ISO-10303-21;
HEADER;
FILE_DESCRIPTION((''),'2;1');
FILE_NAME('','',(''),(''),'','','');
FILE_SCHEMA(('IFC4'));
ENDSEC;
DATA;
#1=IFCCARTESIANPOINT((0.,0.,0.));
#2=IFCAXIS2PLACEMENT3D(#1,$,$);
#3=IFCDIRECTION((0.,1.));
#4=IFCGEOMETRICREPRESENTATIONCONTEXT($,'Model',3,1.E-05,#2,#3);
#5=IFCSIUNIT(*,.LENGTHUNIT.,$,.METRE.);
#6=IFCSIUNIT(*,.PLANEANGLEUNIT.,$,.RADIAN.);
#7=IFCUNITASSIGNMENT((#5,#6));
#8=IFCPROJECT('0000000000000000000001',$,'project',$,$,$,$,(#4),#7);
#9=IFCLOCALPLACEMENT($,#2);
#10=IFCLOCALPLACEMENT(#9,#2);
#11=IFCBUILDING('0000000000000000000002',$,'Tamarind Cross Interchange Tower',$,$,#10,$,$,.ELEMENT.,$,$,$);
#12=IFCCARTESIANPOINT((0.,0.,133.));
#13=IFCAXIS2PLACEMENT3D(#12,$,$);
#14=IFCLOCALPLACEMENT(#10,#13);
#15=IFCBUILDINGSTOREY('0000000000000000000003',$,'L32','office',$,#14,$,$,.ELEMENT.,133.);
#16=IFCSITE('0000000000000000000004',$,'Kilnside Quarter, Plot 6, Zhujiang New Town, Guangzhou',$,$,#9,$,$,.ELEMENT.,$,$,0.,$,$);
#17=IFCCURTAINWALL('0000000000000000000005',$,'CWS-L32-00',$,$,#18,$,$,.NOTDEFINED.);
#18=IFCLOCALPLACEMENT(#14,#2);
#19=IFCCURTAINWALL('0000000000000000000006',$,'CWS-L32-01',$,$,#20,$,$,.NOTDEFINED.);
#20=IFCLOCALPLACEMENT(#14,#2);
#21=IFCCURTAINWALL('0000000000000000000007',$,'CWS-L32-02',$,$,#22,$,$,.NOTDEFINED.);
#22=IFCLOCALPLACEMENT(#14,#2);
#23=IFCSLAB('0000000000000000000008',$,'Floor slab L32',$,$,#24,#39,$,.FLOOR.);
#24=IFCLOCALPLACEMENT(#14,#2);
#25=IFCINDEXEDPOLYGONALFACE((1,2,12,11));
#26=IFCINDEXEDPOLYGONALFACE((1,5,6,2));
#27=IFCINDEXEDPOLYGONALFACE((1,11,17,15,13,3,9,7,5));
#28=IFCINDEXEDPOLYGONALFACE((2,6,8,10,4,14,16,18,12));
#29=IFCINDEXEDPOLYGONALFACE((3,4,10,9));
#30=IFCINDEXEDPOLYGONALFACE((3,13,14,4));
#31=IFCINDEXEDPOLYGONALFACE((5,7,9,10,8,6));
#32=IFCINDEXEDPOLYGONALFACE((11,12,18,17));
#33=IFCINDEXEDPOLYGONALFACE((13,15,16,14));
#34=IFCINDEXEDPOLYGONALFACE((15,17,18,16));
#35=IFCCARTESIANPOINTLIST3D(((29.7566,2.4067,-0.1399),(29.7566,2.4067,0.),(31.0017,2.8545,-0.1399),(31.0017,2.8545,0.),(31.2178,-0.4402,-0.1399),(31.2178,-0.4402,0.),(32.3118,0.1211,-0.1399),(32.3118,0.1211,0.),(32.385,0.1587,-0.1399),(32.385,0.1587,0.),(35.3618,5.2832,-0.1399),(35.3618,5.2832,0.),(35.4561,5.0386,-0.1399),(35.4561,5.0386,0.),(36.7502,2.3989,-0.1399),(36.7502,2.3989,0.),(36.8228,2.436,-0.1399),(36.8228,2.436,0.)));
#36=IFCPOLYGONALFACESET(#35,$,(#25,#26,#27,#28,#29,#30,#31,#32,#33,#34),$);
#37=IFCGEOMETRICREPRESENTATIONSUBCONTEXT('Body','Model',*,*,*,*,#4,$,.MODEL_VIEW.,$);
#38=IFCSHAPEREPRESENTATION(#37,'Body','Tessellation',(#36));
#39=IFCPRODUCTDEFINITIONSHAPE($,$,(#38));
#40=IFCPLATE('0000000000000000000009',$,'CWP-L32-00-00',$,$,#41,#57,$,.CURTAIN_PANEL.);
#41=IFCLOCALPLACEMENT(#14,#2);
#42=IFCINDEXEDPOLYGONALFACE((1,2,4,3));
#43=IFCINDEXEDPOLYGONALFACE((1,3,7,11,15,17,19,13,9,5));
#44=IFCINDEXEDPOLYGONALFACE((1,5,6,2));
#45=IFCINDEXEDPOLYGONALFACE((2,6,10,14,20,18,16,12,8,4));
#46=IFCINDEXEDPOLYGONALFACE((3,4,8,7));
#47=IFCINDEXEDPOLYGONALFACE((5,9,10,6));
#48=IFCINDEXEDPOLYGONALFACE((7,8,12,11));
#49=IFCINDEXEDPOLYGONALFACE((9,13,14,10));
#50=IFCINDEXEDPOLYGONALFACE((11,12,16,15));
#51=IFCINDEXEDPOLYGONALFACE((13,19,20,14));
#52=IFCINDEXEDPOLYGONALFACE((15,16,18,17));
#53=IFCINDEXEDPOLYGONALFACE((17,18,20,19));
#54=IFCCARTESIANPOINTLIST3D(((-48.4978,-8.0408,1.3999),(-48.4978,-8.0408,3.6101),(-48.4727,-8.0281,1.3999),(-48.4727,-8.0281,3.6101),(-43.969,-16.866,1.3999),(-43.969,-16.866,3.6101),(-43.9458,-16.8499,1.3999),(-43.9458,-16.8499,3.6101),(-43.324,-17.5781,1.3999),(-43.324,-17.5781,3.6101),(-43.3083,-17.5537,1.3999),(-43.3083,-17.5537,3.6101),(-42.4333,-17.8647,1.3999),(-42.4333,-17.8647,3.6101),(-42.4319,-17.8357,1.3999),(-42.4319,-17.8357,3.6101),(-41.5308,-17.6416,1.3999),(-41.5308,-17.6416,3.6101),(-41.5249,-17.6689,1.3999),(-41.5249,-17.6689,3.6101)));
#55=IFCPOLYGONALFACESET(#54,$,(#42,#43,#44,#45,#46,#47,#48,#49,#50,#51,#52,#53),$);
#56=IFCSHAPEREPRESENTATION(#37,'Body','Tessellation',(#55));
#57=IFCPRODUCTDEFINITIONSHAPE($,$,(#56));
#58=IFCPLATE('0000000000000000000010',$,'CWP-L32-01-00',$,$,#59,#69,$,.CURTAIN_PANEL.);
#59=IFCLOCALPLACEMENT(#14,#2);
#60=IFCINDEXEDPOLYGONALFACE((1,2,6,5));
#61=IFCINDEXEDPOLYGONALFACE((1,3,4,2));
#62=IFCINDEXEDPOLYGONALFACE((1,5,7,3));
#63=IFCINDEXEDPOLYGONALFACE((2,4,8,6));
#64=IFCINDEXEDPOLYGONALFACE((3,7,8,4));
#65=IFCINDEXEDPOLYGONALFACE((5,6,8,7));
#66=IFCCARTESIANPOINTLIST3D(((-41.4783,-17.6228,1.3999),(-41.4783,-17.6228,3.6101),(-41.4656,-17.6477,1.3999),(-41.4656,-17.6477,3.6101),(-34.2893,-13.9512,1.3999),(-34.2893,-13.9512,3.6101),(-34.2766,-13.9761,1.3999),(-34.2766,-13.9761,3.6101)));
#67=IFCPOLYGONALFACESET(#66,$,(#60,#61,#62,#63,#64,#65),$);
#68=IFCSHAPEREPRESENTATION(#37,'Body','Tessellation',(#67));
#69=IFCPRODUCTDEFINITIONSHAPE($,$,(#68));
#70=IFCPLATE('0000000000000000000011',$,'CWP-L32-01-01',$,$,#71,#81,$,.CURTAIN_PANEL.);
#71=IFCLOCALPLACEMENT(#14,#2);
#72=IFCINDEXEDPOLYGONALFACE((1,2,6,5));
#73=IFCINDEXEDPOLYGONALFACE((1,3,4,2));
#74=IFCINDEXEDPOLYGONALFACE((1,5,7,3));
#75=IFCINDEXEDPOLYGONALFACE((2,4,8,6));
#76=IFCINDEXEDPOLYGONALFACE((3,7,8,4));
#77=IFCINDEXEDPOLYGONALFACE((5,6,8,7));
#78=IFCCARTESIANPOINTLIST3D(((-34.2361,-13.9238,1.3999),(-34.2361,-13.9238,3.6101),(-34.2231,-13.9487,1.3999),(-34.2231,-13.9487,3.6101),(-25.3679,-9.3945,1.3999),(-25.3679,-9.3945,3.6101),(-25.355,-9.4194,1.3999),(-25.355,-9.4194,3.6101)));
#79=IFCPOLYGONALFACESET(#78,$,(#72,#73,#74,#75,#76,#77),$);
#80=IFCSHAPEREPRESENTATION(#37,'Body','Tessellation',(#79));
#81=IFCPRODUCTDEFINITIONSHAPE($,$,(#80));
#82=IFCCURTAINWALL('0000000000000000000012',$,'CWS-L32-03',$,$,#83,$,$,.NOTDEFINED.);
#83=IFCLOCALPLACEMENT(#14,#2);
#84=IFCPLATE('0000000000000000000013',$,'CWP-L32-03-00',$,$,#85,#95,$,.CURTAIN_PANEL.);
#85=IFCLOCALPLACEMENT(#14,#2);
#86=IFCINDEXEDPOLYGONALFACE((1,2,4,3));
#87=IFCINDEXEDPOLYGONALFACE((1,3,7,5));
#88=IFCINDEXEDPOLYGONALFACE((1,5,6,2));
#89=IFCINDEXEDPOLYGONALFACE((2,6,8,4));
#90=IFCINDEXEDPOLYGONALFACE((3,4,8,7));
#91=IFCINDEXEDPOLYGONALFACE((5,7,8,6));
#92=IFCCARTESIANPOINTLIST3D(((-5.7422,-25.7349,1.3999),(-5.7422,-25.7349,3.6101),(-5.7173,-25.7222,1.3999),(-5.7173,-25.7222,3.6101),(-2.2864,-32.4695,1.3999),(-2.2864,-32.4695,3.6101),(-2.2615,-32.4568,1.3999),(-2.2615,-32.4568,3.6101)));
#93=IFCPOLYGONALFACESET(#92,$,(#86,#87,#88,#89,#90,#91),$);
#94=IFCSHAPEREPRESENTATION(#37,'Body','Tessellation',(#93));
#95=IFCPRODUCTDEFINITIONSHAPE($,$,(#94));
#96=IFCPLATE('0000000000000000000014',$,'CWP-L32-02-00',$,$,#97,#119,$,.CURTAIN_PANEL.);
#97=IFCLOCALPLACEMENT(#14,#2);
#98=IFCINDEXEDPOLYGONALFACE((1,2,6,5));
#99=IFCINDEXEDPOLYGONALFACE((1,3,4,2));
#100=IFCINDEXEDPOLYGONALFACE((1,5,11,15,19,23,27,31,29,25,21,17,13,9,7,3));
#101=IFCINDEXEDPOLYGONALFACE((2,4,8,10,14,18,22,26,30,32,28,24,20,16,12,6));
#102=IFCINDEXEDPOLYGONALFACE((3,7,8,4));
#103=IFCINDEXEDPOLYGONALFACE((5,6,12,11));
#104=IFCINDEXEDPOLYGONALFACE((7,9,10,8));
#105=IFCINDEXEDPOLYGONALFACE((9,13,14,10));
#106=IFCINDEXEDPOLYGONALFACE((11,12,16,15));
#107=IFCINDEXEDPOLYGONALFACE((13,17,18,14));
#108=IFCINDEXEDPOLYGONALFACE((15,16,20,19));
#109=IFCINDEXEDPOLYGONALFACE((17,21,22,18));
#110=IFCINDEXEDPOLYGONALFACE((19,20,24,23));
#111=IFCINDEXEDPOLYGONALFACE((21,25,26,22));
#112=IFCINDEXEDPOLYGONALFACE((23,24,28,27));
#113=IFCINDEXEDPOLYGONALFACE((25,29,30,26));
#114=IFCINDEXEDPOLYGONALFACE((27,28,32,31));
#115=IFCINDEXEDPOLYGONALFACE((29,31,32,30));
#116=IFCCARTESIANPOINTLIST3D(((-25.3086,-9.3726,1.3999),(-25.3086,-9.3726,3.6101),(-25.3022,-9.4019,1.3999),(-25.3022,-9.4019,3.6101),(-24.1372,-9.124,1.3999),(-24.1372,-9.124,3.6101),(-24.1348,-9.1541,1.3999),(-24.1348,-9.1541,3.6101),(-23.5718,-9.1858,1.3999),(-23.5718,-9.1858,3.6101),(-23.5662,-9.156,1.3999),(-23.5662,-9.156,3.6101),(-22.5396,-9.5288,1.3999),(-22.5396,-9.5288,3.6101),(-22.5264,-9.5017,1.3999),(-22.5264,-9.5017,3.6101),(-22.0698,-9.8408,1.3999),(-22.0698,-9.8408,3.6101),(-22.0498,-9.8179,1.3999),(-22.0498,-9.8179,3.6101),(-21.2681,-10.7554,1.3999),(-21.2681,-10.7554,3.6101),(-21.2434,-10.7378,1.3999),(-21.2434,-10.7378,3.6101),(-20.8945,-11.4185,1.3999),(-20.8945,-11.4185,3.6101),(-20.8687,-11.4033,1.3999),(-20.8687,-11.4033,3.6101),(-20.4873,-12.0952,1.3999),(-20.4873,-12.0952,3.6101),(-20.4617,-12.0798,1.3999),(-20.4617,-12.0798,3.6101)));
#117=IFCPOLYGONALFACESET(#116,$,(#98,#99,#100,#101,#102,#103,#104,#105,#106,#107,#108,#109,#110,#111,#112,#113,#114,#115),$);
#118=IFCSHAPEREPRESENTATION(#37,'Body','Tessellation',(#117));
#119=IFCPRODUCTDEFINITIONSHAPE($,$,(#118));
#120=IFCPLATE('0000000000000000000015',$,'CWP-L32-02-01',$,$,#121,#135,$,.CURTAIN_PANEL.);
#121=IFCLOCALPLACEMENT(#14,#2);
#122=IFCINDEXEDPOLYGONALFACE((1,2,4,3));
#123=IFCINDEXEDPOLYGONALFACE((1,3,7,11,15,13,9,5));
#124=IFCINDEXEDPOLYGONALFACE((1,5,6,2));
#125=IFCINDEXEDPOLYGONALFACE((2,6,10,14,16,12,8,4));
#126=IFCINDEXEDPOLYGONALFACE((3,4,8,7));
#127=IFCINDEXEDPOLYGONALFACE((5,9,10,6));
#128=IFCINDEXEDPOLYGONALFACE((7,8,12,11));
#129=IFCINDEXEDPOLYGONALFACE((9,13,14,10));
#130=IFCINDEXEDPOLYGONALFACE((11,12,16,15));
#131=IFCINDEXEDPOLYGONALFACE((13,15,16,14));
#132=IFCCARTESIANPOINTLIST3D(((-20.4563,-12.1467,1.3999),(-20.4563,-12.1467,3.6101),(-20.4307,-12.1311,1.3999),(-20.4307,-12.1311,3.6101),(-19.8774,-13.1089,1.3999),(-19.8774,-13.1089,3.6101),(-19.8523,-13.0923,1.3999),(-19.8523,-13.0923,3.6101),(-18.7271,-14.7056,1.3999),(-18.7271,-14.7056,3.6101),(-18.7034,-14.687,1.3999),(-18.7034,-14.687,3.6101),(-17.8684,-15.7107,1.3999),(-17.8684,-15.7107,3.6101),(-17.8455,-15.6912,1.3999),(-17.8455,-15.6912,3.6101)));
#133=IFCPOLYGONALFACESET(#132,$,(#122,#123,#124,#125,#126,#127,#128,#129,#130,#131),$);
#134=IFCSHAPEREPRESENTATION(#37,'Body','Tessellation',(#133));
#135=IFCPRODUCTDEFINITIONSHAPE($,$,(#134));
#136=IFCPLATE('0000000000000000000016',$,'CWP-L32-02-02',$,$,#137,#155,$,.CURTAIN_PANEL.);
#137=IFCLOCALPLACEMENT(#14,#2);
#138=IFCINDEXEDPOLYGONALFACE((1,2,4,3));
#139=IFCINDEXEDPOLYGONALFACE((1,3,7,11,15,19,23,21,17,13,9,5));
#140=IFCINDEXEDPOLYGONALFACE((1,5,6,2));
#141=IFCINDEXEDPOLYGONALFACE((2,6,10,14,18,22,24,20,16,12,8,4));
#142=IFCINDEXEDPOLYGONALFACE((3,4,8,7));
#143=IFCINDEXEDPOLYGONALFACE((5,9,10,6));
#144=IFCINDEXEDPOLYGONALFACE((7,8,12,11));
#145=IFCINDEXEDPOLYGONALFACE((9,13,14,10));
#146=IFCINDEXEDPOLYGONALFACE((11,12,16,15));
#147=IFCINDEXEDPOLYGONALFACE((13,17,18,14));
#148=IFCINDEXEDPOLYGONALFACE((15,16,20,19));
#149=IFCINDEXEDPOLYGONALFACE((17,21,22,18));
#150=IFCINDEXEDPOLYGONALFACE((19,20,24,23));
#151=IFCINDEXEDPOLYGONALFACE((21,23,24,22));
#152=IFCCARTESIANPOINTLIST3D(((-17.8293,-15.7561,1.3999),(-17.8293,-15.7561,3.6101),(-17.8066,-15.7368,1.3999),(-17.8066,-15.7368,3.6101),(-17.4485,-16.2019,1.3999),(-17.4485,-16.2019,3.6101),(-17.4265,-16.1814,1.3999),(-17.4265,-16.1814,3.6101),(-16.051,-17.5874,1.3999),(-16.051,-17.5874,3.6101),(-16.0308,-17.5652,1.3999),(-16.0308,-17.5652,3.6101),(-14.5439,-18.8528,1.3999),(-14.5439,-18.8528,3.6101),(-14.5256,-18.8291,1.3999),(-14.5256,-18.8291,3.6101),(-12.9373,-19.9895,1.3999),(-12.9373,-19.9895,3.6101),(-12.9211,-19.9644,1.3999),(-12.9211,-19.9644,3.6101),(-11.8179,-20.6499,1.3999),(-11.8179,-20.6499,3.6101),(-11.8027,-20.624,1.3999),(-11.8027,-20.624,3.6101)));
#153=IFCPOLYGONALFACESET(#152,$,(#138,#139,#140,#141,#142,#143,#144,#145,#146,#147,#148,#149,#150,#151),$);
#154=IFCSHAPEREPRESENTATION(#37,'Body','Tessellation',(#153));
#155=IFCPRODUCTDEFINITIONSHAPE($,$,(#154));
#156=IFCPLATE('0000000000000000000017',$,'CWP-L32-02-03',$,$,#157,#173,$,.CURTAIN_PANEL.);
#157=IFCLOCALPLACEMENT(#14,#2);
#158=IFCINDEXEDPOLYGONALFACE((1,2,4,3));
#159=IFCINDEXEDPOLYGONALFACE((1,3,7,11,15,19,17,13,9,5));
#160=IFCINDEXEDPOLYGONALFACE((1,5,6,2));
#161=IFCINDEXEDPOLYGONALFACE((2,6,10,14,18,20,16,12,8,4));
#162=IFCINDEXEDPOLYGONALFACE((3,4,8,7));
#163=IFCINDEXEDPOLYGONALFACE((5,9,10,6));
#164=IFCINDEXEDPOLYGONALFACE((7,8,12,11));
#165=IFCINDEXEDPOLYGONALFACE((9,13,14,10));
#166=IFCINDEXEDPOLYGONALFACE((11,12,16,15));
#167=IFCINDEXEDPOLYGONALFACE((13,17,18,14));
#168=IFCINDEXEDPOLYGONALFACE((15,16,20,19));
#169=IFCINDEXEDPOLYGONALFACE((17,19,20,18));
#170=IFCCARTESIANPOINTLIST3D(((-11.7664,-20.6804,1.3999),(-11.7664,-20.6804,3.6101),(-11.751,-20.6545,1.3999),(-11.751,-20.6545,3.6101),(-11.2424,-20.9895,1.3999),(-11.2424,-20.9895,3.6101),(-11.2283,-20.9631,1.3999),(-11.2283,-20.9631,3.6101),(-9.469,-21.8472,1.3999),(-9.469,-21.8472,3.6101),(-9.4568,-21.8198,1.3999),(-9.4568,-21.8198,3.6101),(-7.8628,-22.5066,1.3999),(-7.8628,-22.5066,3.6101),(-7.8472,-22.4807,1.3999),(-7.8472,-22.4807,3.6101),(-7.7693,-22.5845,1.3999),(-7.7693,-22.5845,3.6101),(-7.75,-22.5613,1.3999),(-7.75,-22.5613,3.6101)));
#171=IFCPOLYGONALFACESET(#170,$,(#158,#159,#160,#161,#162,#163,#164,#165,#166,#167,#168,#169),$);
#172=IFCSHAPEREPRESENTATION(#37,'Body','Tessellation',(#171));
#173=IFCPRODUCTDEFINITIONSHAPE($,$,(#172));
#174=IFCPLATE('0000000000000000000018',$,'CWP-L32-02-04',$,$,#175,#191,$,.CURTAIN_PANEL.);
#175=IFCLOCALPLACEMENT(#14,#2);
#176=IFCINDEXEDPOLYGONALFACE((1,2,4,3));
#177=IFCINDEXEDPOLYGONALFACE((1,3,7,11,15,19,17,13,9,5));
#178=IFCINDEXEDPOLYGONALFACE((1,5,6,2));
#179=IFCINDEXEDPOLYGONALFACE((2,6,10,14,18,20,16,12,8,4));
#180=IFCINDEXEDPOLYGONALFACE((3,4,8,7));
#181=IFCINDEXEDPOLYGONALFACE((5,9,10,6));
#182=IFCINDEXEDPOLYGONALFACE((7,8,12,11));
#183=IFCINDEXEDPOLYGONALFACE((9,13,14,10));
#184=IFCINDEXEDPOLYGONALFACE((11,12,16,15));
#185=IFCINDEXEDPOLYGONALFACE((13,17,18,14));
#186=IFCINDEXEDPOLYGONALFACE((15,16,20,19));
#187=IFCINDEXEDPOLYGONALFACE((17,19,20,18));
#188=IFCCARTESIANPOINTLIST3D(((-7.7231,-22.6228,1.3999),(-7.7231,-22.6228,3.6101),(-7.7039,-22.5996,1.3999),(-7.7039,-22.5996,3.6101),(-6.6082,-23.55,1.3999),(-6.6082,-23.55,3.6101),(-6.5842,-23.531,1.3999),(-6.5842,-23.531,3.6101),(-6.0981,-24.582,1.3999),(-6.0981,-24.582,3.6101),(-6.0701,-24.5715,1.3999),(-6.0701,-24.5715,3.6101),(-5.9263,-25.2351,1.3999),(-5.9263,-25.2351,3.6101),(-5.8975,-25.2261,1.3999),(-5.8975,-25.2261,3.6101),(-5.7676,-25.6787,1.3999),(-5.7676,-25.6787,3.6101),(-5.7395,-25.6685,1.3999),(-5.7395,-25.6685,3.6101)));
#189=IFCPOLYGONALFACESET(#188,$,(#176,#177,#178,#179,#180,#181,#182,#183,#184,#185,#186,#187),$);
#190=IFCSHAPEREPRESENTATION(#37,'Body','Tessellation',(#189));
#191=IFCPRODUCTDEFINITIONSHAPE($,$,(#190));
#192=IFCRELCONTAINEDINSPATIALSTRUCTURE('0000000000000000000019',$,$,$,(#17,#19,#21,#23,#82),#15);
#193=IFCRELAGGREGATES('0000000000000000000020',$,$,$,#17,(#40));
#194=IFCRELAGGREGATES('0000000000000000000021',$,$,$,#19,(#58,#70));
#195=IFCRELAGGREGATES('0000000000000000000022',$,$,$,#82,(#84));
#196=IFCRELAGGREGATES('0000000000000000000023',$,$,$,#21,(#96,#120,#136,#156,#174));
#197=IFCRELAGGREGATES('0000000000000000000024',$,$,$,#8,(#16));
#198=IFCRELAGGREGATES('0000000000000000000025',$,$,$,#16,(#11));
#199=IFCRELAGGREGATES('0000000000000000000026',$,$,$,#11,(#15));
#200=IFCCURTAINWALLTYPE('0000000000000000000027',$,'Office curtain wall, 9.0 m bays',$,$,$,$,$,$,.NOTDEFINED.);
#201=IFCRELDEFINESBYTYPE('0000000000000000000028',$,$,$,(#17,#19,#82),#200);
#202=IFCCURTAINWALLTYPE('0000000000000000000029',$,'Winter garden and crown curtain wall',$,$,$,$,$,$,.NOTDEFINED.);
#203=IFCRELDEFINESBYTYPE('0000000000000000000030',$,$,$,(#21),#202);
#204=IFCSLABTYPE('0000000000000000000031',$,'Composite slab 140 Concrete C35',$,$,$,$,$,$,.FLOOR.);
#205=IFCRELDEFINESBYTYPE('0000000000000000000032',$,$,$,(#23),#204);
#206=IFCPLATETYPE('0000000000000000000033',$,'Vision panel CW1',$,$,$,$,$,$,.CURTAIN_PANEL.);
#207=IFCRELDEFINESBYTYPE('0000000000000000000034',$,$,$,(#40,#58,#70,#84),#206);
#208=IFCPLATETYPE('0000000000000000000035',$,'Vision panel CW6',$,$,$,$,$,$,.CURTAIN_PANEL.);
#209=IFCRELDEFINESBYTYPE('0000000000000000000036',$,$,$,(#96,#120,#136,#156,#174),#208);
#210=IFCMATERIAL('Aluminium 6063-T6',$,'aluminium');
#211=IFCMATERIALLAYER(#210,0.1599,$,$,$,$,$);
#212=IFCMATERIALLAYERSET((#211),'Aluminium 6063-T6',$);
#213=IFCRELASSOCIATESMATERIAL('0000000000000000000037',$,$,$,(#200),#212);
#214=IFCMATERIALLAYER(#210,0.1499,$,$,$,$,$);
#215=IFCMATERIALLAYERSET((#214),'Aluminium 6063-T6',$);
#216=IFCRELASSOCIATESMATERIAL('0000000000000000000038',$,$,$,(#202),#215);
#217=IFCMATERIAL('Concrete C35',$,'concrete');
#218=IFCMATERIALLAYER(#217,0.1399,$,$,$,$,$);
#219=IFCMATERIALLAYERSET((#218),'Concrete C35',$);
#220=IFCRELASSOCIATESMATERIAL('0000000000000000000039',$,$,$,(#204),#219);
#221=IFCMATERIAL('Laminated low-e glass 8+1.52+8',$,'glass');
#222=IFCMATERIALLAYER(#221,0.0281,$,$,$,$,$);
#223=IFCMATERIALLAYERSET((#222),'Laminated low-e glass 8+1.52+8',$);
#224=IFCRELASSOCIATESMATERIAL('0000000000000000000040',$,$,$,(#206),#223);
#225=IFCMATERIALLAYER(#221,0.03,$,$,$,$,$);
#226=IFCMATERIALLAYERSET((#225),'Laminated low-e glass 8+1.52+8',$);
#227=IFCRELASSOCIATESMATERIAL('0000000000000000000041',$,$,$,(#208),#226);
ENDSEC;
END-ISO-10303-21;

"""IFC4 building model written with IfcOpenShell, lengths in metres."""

from ifc_helpers import new_model, si_unit, direction, frame, origin, place, context, subcontext, project, spatial, polyline, outline, extrude, material, layer, layer_set, type_object, element, aggregate, save


model = new_model("IFC4")

# Units and contexts
model_context = context("Model", 3, precision=1e-05, world=origin(), true_north=direction((0.0, 1.0)))
body_context = subcontext(model_context, "Body", "Model", "MODEL_VIEW")
ifc_project = project(units=[si_unit("LENGTHUNIT", "METRE"), si_unit("PLANEANGLEUNIT", "RADIAN")], contexts=[model_context])

# Site, building, storey
site_placement = place(None, origin())
site = spatial("IfcSite", under=ifc_project, at=site_placement, Name="Kilnside Quarter, Plot 6, Zhujiang New Town, Guangzhou", CompositionType="ELEMENT", RefElevation=0.0)
building_placement = place(site_placement, origin())
building = spatial("IfcBuilding", under=site, at=building_placement, Name="Tamarind Cross Interchange Tower", CompositionType="ELEMENT")
storey_placement = place(building_placement, frame((0.0, 0.0, 133.0)))
storey = spatial("IfcBuildingStorey", under=building, at=storey_placement, Name="L32", Description="office", CompositionType="ELEMENT", Elevation=133.0)

# Curtain walls
ifc_material_1 = material(Name="Aluminium 6063-T6", Category="aluminium")
ifc_layer_1 = layer(ifc_material_1, 0.1599)
ifc_layer_set_1 = layer_set([ifc_layer_1], Name="Aluminium 6063-T6")
curtain_wall_type_1 = type_object("IfcCurtainWallType", Name="Office curtain wall, 9.0 m bays", PredefinedType="NOTDEFINED", material=ifc_layer_set_1)
curtain_wall_1_placement = place(storey_placement, origin())
curtain_wall_1 = element("IfcCurtainWall", 1, at=curtain_wall_1_placement, inside=storey, type_object=curtain_wall_type_1, Name="CWS-L32-00", PredefinedType="NOTDEFINED")
curtain_wall_2_placement = place(storey_placement, origin())
curtain_wall_2 = element("IfcCurtainWall", 2, at=curtain_wall_2_placement, inside=storey, type_object=curtain_wall_type_1, Name="CWS-L32-01", PredefinedType="NOTDEFINED")
ifc_layer_2 = layer(ifc_material_1, 0.1499)
ifc_layer_set_2 = layer_set([ifc_layer_2], Name="Aluminium 6063-T6")
curtain_wall_type_2 = type_object("IfcCurtainWallType", Name="Winter garden and crown curtain wall", PredefinedType="NOTDEFINED", material=ifc_layer_set_2)
curtain_wall_3_placement = place(storey_placement, origin())
curtain_wall_3 = element("IfcCurtainWall", 3, at=curtain_wall_3_placement, inside=storey, type_object=curtain_wall_type_2, Name="CWS-L32-02", PredefinedType="NOTDEFINED")

# Slab
ifc_material_2 = material(Name="Concrete C35", Category="concrete")
ifc_layer_3 = layer(ifc_material_2, 0.1399)
ifc_layer_set_3 = layer_set([ifc_layer_3], Name="Concrete C35")
slab_type = type_object("IfcSlabType", Name="Composite slab 140 Concrete C35", PredefinedType="FLOOR", material=ifc_layer_set_3)
slab_1_placement = place(storey_placement, frame((0.0, 0.0, -0.1399)))
element("IfcSlab", 4, at=slab_1_placement, inside=storey, type_object=slab_type, Name="Floor slab L32", PredefinedType="FLOOR", context=body_context, shape_type="SweptSolid", body=[
    extrude(outline(polyline([(29.7566, 2.4067), (31.2178, -0.4402), (32.3118, 0.1211), (32.385, 0.1587), (31.0017, 2.8545), (35.4561, 5.0386), (36.7502, 2.3989), (36.8228, 2.436), (35.3618, 5.2832), (29.7566, 2.4067)])), origin(), (0.0, 0.0, 1.0), 0.1399),
])

# Plates
ifc_material_3 = material(Name="Laminated low-e glass 8+1.52+8", Category="glass")
ifc_layer_4 = layer(ifc_material_3, 0.0281)
ifc_layer_set_4 = layer_set([ifc_layer_4], Name="Laminated low-e glass 8+1.52+8")
plate_type_1 = type_object("IfcPlateType", Name="Vision panel CW1", PredefinedType="CURTAIN_PANEL", material=ifc_layer_set_4)
plate_1_placement = place(storey_placement, frame((0.0, 0.0, 1.3999)))
plate_1 = element("IfcPlate", 5, at=plate_1_placement, type_object=plate_type_1, Name="CWP-L32-00-00", PredefinedType="CURTAIN_PANEL", context=body_context, shape_type="SweptSolid", body=[
    extrude(outline(polyline([(-48.4727, -8.0281), (-43.9458, -16.8499), (-43.3083, -17.5537), (-42.4319, -17.8357), (-41.5308, -17.6416), (-41.5249, -17.6689), (-42.4333, -17.8647), (-43.324, -17.5781), (-43.969, -16.866), (-48.4978, -8.0408), (-48.4727, -8.0281)])), origin(), (0.0, 0.0, 1.0), 2.2102),
])
aggregate(curtain_wall_1, [plate_1])
plate_2_placement = place(storey_placement, frame((0.0, 0.0, 1.3999)))
plate_2 = element("IfcPlate", 6, at=plate_2_placement, type_object=plate_type_1, Name="CWP-L32-01-00", PredefinedType="CURTAIN_PANEL", context=body_context, shape_type="SweptSolid", body=[
    extrude(outline(polyline([(-41.4783, -17.6228), (-34.2893, -13.9512), (-34.2766, -13.9761), (-41.4656, -17.6477), (-41.4783, -17.6228)])), origin(), (0.0, 0.0, 1.0), 2.2102),
])
plate_3_placement = place(storey_placement, frame((0.0, 0.0, 1.3999)))
plate_3 = element("IfcPlate", 7, at=plate_3_placement, type_object=plate_type_1, Name="CWP-L32-01-01", PredefinedType="CURTAIN_PANEL", context=body_context, shape_type="SweptSolid", body=[
    extrude(outline(polyline([(-34.2361, -13.9238), (-25.3679, -9.3945), (-25.355, -9.4194), (-34.2231, -13.9487), (-34.2361, -13.9238)])), origin(), (0.0, 0.0, 1.0), 2.2102),
])
aggregate(curtain_wall_2, [plate_2, plate_3])

# Curtain wall, plate
curtain_wall_4_placement = place(storey_placement, origin())
curtain_wall_4 = element("IfcCurtainWall", 8, at=curtain_wall_4_placement, inside=storey, type_object=curtain_wall_type_1, Name="CWS-L32-03", PredefinedType="NOTDEFINED")
plate_4_placement = place(storey_placement, frame((0.0, 0.0, 1.3999)))
plate_4 = element("IfcPlate", 9, at=plate_4_placement, type_object=plate_type_1, Name="CWP-L32-03-00", PredefinedType="CURTAIN_PANEL", context=body_context, shape_type="SweptSolid", body=[
    extrude(outline(polyline([(-5.7173, -25.7222), (-2.2615, -32.4568), (-2.2864, -32.4695), (-5.7422, -25.7349), (-5.7173, -25.7222)])), origin(), (0.0, 0.0, 1.0), 2.2102),
])
aggregate(curtain_wall_4, [plate_4])

# Plates
ifc_layer_5 = layer(ifc_material_3, 0.03)
ifc_layer_set_5 = layer_set([ifc_layer_5], Name="Laminated low-e glass 8+1.52+8")
plate_type_2 = type_object("IfcPlateType", Name="Vision panel CW6", PredefinedType="CURTAIN_PANEL", material=ifc_layer_set_5)
plate_5_placement = place(storey_placement, frame((0.0, 0.0, 1.3999)))
plate_5 = element("IfcPlate", 10, at=plate_5_placement, type_object=plate_type_2, Name="CWP-L32-02-00", PredefinedType="CURTAIN_PANEL", context=body_context, shape_type="SweptSolid", body=[
    extrude(outline(polyline([(-25.3086, -9.3726), (-24.1372, -9.124), (-23.5662, -9.156), (-22.5264, -9.5017), (-22.0498, -9.8179), (-21.2434, -10.7378), (-20.8687, -11.4033), (-20.4617, -12.0798), (-20.4873, -12.0952), (-20.8945, -11.4185), (-21.2681, -10.7554), (-22.0698, -9.8408), (-22.5396, -9.5288), (-23.5718, -9.1858), (-24.1348, -9.1541), (-25.3022, -9.4019), (-25.3086, -9.3726)])), origin(), (0.0, 0.0, 1.0), 2.2102),
])
plate_6_placement = place(storey_placement, frame((0.0, 0.0, 1.3999)))
plate_6 = element("IfcPlate", 11, at=plate_6_placement, type_object=plate_type_2, Name="CWP-L32-02-01", PredefinedType="CURTAIN_PANEL", context=body_context, shape_type="SweptSolid", body=[
    extrude(outline(polyline([(-20.4307, -12.1311), (-19.8523, -13.0923), (-18.7034, -14.687), (-17.8455, -15.6912), (-17.8684, -15.7107), (-18.7271, -14.7056), (-19.8774, -13.1089), (-20.4563, -12.1467), (-20.4307, -12.1311)])), origin(), (0.0, 0.0, 1.0), 2.2102),
])
plate_7_placement = place(storey_placement, frame((0.0, 0.0, 1.3999)))
plate_7 = element("IfcPlate", 12, at=plate_7_placement, type_object=plate_type_2, Name="CWP-L32-02-02", PredefinedType="CURTAIN_PANEL", context=body_context, shape_type="SweptSolid", body=[
    extrude(outline(polyline([(-17.8066, -15.7368), (-17.4265, -16.1814), (-16.0308, -17.5652), (-14.5256, -18.8291), (-12.9211, -19.9644), (-11.8027, -20.624), (-11.8179, -20.6499), (-12.9373, -19.9895), (-14.5439, -18.8528), (-16.051, -17.5874), (-17.4485, -16.2019), (-17.8293, -15.7561), (-17.8066, -15.7368)])), origin(), (0.0, 0.0, 1.0), 2.2102),
])
plate_8_placement = place(storey_placement, frame((0.0, 0.0, 1.3999)))
plate_8 = element("IfcPlate", 13, at=plate_8_placement, type_object=plate_type_2, Name="CWP-L32-02-03", PredefinedType="CURTAIN_PANEL", context=body_context, shape_type="SweptSolid", body=[
    extrude(outline(polyline([(-11.751, -20.6545), (-11.2283, -20.9631), (-9.4568, -21.8198), (-7.8472, -22.4807), (-7.75, -22.5613), (-7.7693, -22.5845), (-7.8628, -22.5066), (-9.469, -21.8472), (-11.2424, -20.9895), (-11.7664, -20.6804), (-11.751, -20.6545)])), origin(), (0.0, 0.0, 1.0), 2.2102),
])
plate_9_placement = place(storey_placement, frame((0.0, 0.0, 1.3999)))
plate_9 = element("IfcPlate", 14, at=plate_9_placement, type_object=plate_type_2, Name="CWP-L32-02-04", PredefinedType="CURTAIN_PANEL", context=body_context, shape_type="SweptSolid", body=[
    extrude(outline(polyline([(-7.7039, -22.5996), (-6.5842, -23.531), (-6.0701, -24.5715), (-5.8975, -25.2261), (-5.7395, -25.6685), (-5.7676, -25.6787), (-5.9263, -25.2351), (-6.0981, -24.582), (-6.6082, -23.55), (-7.7231, -22.6228), (-7.7039, -22.5996)])), origin(), (0.0, 0.0, 1.0), 2.2102),
])
aggregate(curtain_wall_3, [plate_5, plate_6, plate_7, plate_8, plate_9])

save(model, "model.ifc")
